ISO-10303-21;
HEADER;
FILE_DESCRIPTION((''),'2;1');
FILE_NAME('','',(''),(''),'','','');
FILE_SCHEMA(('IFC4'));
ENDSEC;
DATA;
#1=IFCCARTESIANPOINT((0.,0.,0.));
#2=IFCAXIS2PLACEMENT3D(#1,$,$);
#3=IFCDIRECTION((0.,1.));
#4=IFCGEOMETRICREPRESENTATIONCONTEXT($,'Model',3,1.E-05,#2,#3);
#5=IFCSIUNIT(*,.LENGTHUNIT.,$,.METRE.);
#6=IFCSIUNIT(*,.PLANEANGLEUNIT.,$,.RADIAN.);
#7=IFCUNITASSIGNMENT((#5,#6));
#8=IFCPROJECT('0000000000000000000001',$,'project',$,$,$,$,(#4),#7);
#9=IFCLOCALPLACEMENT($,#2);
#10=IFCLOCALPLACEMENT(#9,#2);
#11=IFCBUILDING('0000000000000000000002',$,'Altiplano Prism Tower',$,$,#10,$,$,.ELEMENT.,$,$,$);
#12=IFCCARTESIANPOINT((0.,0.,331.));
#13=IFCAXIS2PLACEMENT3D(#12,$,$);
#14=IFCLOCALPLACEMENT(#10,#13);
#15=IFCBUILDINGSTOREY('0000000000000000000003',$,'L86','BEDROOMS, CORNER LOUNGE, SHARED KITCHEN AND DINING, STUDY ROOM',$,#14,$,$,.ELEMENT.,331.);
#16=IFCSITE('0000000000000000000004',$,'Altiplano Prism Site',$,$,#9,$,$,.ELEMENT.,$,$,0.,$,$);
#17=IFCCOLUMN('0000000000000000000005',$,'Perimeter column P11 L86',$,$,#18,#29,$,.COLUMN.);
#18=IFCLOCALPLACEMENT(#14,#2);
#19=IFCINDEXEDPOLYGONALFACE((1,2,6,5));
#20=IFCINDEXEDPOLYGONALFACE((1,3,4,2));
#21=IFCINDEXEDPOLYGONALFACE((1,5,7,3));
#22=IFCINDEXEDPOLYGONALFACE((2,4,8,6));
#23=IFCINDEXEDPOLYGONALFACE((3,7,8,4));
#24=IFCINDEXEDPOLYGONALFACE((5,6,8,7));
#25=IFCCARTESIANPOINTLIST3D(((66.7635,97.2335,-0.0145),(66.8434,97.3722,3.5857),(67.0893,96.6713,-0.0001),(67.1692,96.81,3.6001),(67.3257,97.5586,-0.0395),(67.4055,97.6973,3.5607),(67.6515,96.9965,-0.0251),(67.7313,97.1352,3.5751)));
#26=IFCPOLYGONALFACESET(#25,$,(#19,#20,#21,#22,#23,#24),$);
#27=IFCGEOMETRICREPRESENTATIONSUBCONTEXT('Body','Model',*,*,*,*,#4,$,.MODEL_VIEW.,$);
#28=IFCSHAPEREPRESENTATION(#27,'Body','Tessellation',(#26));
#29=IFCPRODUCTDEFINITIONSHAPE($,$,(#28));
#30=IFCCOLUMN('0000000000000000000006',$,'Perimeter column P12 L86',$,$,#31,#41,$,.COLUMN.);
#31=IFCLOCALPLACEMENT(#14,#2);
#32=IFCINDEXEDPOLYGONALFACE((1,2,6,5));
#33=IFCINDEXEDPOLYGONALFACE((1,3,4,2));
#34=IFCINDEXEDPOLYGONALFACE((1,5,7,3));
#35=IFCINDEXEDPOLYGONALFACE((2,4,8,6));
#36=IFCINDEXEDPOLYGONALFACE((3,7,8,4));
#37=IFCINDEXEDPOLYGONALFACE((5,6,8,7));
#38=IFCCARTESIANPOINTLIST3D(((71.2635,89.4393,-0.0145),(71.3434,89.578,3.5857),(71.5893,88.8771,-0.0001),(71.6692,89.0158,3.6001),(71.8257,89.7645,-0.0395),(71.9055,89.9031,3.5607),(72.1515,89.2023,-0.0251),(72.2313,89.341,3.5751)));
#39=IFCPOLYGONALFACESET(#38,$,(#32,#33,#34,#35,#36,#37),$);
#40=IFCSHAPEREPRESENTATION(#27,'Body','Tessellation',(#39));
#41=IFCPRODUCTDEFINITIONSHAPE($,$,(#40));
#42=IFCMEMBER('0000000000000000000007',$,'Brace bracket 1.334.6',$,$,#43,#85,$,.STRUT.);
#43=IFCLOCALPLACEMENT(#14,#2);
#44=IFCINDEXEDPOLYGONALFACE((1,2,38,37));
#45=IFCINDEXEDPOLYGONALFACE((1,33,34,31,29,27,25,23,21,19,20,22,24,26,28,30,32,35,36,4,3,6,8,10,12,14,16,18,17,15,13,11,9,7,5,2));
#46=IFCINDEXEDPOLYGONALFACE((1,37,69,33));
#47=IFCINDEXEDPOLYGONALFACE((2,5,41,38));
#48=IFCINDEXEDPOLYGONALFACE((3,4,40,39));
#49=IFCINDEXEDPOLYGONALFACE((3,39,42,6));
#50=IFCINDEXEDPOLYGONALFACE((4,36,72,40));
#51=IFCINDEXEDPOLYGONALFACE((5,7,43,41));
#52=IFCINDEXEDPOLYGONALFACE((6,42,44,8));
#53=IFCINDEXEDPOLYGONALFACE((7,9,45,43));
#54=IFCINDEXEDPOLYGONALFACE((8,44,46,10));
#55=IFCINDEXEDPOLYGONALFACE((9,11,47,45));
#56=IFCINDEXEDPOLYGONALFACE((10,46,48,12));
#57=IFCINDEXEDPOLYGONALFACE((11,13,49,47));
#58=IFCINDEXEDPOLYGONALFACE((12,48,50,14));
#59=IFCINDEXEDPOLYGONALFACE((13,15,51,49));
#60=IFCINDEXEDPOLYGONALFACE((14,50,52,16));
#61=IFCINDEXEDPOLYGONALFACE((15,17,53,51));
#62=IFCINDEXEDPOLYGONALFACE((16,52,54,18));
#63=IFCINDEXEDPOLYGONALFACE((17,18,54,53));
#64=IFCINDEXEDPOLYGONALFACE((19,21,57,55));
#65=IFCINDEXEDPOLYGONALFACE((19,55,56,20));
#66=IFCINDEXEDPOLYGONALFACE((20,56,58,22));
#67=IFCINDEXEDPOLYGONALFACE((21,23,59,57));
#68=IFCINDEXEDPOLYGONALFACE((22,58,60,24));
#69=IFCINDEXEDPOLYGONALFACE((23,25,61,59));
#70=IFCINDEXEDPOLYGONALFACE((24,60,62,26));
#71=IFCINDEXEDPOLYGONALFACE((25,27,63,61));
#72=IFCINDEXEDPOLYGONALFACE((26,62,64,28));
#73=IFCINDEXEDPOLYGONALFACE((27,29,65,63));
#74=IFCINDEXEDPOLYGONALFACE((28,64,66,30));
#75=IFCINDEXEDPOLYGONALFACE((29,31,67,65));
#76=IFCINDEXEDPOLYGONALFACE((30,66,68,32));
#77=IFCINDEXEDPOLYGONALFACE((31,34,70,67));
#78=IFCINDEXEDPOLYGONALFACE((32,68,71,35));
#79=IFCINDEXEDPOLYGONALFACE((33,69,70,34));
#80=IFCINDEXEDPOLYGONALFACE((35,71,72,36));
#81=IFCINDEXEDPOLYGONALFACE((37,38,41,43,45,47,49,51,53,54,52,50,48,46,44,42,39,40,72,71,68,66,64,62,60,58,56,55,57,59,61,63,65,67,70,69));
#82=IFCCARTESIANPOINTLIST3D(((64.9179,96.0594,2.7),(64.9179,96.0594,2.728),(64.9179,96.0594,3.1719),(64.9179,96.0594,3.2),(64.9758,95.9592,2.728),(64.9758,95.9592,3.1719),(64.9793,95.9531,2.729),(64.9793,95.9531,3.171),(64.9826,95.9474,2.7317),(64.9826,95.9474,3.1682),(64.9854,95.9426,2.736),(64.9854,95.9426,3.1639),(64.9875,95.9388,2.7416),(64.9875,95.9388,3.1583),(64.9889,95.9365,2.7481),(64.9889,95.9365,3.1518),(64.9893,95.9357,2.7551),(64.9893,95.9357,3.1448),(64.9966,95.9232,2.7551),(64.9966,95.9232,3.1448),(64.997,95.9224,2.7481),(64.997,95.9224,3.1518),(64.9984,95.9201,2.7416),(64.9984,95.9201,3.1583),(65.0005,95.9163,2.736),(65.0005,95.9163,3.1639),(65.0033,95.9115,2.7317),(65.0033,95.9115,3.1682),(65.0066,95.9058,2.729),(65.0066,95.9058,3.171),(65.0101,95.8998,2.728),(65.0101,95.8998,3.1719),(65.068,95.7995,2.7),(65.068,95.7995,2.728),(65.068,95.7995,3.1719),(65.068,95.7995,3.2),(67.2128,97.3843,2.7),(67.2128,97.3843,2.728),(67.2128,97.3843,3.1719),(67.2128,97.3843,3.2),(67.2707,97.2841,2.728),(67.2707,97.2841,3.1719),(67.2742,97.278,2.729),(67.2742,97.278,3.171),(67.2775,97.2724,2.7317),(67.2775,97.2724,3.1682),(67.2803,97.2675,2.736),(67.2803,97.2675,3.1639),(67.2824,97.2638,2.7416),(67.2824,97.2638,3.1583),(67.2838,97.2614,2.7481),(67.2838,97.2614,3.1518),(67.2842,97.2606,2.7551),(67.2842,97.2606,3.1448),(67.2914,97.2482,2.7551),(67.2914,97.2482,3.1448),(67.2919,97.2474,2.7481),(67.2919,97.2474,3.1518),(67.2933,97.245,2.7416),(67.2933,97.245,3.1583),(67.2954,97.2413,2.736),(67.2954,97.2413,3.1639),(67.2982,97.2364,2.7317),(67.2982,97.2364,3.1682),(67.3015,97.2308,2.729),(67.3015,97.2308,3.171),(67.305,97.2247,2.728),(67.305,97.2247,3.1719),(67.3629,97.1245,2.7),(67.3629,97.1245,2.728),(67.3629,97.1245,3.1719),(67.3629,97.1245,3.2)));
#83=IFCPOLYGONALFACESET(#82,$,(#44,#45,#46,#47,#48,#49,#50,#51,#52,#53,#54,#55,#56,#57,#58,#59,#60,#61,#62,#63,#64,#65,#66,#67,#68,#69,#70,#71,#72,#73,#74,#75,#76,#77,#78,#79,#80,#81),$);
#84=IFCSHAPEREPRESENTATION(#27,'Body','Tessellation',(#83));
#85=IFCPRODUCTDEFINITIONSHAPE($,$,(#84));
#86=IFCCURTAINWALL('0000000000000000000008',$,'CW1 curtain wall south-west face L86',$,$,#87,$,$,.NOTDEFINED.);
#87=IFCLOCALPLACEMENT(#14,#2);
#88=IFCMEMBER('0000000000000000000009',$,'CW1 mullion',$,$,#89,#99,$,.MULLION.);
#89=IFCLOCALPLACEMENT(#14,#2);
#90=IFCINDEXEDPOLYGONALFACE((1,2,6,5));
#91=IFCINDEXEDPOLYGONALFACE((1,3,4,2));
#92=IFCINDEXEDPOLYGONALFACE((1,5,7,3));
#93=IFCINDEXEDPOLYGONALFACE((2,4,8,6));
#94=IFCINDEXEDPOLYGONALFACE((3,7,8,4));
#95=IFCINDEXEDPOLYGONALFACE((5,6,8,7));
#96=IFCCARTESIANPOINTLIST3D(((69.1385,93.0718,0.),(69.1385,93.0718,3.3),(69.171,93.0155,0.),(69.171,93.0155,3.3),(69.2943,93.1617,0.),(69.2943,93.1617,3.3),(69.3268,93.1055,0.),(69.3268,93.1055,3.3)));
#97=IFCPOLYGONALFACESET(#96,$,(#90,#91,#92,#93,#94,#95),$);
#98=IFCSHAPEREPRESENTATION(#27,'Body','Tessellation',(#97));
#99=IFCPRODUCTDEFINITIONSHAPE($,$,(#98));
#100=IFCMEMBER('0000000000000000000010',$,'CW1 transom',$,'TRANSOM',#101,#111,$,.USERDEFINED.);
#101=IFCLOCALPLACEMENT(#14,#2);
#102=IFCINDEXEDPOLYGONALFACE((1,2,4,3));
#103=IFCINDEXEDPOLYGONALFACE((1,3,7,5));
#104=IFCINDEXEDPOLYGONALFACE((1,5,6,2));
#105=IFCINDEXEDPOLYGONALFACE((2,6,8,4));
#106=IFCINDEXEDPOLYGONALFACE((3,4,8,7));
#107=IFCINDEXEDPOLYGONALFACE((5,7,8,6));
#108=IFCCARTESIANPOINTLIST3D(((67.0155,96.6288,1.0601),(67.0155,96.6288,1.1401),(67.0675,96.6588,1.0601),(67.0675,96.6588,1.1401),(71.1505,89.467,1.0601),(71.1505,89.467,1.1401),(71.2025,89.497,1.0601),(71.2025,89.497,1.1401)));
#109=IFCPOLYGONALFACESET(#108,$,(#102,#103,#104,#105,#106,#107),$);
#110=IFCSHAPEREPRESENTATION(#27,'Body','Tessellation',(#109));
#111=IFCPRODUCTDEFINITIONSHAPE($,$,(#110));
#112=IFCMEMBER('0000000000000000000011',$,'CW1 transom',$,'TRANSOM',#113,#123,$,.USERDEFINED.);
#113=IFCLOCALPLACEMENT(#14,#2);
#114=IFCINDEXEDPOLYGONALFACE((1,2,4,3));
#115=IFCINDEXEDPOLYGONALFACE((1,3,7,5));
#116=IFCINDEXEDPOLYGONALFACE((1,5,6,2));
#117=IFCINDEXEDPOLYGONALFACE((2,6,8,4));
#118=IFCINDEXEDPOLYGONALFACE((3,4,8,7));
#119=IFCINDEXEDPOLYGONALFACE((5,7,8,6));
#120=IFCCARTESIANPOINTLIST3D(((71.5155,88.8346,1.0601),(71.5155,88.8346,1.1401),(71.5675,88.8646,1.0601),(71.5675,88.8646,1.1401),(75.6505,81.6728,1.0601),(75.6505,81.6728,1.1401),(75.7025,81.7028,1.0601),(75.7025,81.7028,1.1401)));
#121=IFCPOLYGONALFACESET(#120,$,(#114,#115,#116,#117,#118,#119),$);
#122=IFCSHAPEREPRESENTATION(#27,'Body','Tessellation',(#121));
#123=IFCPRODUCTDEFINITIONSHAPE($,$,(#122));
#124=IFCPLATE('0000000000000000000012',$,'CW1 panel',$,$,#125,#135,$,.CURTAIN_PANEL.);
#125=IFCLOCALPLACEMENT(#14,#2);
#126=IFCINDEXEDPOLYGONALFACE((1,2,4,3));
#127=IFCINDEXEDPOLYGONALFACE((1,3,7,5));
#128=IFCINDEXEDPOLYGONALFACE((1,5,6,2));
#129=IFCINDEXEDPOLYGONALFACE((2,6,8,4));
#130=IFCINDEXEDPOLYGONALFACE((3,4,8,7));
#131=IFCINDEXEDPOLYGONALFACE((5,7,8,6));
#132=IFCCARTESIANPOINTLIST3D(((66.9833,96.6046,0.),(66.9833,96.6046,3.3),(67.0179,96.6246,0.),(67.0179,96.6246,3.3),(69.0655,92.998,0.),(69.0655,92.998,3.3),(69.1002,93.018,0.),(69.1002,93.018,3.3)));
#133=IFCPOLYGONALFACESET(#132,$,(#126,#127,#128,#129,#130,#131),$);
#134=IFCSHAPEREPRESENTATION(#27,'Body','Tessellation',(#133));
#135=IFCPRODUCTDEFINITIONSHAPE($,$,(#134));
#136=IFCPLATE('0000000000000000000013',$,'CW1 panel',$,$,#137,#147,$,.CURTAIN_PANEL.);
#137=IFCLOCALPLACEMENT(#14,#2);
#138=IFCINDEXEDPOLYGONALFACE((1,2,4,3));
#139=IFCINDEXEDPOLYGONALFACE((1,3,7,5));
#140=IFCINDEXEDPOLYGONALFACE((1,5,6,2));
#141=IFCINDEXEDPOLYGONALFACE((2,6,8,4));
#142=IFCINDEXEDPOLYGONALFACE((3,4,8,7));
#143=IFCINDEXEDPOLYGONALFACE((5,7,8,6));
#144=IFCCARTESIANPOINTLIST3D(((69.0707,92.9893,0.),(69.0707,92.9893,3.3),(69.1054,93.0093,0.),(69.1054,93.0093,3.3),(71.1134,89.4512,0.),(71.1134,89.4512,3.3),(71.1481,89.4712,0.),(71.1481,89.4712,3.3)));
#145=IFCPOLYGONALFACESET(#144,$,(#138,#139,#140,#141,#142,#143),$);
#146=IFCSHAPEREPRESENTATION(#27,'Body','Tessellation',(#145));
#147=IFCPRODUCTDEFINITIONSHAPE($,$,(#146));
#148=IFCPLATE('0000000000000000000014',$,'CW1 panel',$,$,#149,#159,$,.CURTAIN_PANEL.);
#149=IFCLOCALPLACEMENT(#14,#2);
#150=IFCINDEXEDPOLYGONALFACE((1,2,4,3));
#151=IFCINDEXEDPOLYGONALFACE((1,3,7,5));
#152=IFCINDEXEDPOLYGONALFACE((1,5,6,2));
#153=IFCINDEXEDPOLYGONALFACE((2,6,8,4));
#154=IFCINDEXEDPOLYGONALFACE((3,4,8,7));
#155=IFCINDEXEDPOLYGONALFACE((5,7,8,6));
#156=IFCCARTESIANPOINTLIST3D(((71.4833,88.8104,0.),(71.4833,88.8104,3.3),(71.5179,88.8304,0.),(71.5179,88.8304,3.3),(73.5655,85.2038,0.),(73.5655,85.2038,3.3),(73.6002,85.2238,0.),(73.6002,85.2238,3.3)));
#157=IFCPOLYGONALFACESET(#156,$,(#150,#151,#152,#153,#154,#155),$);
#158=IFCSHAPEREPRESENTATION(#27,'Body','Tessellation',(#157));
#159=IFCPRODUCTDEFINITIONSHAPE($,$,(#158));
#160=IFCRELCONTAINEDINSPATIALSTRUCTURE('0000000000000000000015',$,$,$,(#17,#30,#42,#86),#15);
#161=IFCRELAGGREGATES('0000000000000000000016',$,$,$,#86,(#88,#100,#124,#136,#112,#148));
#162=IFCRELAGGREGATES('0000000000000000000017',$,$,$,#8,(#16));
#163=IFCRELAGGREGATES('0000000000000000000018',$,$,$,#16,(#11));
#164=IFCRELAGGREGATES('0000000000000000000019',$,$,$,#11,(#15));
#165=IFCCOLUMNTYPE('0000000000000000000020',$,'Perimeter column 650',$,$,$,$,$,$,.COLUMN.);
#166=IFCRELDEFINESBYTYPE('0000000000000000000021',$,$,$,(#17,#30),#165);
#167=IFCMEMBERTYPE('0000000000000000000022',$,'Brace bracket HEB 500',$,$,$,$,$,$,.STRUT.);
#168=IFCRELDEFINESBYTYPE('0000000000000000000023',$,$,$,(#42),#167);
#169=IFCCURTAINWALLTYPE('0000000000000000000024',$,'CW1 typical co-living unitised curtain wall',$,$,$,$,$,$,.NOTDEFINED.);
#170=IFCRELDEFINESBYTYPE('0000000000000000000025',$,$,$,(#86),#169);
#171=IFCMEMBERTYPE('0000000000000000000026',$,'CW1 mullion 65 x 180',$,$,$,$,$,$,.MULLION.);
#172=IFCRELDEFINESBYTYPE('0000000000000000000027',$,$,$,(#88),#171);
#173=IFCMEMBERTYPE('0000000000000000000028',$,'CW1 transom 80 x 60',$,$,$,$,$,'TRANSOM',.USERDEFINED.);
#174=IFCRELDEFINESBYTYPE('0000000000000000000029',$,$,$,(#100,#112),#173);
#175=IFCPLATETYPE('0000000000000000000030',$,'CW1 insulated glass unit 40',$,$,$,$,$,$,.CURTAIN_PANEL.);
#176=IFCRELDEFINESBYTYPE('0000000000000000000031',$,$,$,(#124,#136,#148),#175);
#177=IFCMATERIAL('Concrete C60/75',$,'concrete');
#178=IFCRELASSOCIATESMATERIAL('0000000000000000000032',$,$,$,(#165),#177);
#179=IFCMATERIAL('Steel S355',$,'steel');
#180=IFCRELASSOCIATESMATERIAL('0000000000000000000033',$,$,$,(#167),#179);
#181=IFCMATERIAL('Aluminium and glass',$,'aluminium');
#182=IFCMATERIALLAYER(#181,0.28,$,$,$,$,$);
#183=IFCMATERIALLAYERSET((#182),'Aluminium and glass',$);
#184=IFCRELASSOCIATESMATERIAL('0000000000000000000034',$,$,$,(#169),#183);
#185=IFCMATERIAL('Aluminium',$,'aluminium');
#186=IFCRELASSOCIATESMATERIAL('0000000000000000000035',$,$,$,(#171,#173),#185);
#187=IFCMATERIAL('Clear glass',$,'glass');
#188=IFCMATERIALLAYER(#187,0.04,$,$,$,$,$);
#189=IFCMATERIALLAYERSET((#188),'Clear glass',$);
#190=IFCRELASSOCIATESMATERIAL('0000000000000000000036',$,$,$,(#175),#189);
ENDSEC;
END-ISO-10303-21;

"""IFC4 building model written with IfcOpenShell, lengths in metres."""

from ifc_helpers import new_model, si_unit, direction, frame, origin, origin_2d, place, context, subcontext, project, spatial, rectangle, i_section, extrude, material, layer, layer_set, material_profile, profile_set, type_object, element, aggregate, save


model = new_model("IFC4")

# Units and contexts
model_context = context("Model", 3, precision=1e-05, world=origin(), true_north=direction((0.0, 1.0)))
body_context = subcontext(model_context, "Body", "Model", "MODEL_VIEW")
ifc_project = project(units=[si_unit("LENGTHUNIT", "METRE"), si_unit("PLANEANGLEUNIT", "RADIAN")], contexts=[model_context])

# Site, building, storey
site_placement = place(None, origin())
site = spatial("IfcSite", under=ifc_project, at=site_placement, Name="Altiplano Prism Site", CompositionType="ELEMENT", RefElevation=0.0)
building_placement = place(site_placement, origin())
building = spatial("IfcBuilding", under=site, at=building_placement, Name="Altiplano Prism Tower", CompositionType="ELEMENT")
storey_placement = place(building_placement, frame((0.0, 0.0, 331.0)))
storey = spatial("IfcBuildingStorey", under=building, at=storey_placement, Name="L86", Description="BEDROOMS, CORNER LOUNGE, SHARED KITCHEN AND DINING, STUDY ROOM", CompositionType="ELEMENT", Elevation=331.0)

# Columns
ifc_material_1 = material(Name="Concrete C60/75", Category="concrete")
ifc_material_profile_1 = material_profile(ifc_material_1, rectangle(XDim=0.6499, YDim=0.6499, at=origin_2d()), Name="Perimeter column 650")
ifc_profile_set_1 = profile_set([ifc_material_profile_1], Name="Concrete C60/75")
column_type = type_object("IfcColumnType", Name="Perimeter column 650", PredefinedType="COLUMN", material=ifc_profile_set_1)
for number, where, z_axis, x_axis, name in (
    (1, (67.2075, 97.115, -0.0198), (0.022154, 0.038481, 0.999014), (-0.864984, -0.500324, 0.038453), "Perimeter column P11 L86"),
    (2, (71.7075, 89.3208, -0.0198), (0.022154, 0.038481, 0.999014), (-0.864984, -0.500324, 0.038453), "Perimeter column P12 L86"),
):
    element("IfcColumn", number, at=place(storey_placement, frame(where, z_axis=z_axis, x_axis=x_axis)), inside=storey, type_object=column_type, Name=name, PredefinedType="COLUMN", context=body_context, shape_type="SweptSolid", body=[
        extrude(rectangle(XDim=0.6499, YDim=0.6499, at=origin_2d()), origin(), (0.0, 0.0, 1.0), 3.6038),
    ])

# Member
ifc_material_2 = material(Name="Steel S355", Category="steel")
ifc_material_profile_2 = material_profile(ifc_material_2, i_section(OverallWidth=0.3, OverallDepth=0.5, WebThickness=0.0144, FlangeThickness=0.0281, FilletRadius=0.0271, at=origin_2d()), Name="Brace bracket HEB 500")
ifc_profile_set_2 = profile_set([ifc_material_profile_2], Name="Steel S355")
member_type_1 = type_object("IfcMemberType", Name="Brace bracket HEB 500", PredefinedType="STRUT", material=ifc_profile_set_2)
member_1_placement = place(storey_placement, frame((67.2878, 97.2544, 2.95), z_axis=(-0.866029, -0.499994, 0.0), x_axis=(0.499994, -0.866029, 0.0)))
element("IfcMember", 3, at=member_1_placement, inside=storey, type_object=member_type_1, Name="Brace bracket 1.334.6", PredefinedType="STRUT", context=body_context, shape_type="SweptSolid", body=[
    extrude(i_section(OverallWidth=0.3, OverallDepth=0.5, WebThickness=0.0144, FlangeThickness=0.0281, FilletRadius=0.0271, at=origin_2d()), origin(), (0.0, 0.0, 1.0), 2.6499),
])

# Curtain wall, members, plates
ifc_material_3 = material(Name="Aluminium and glass", Category="aluminium")
ifc_layer_1 = layer(ifc_material_3, 0.28)
ifc_layer_set_1 = layer_set([ifc_layer_1], Name="Aluminium and glass")
curtain_wall_type = type_object("IfcCurtainWallType", Name="CW1 typical co-living unitised curtain wall", PredefinedType="NOTDEFINED", material=ifc_layer_set_1)
curtain_wall_placement = place(storey_placement, origin())
curtain_wall = element("IfcCurtainWall", 4, at=curtain_wall_placement, inside=storey, type_object=curtain_wall_type, Name="CW1 curtain wall south-west face L86", PredefinedType="NOTDEFINED")
ifc_material_4 = material(Name="Aluminium", Category="aluminium")
ifc_material_profile_3 = material_profile(ifc_material_4, rectangle(XDim=0.1799, YDim=0.0649, at=origin_2d()), Name="CW1 mullion 65 x 180")
ifc_profile_set_3 = profile_set([ifc_material_profile_3], Name="Aluminium")
member_type_2 = type_object("IfcMemberType", Name="CW1 mullion 65 x 180", PredefinedType="MULLION", material=ifc_profile_set_3)
member_2_placement = place(storey_placement, frame((69.2327, 93.0886, 0.0), z_axis=(0.0, 0.0, 1.0), x_axis=(0.866025, 0.5, 0.0)))
member_2 = element("IfcMember", 5, at=member_2_placement, type_object=member_type_2, Name="CW1 mullion", PredefinedType="MULLION", context=body_context, shape_type="SweptSolid", body=[
    extrude(rectangle(XDim=0.1799, YDim=0.0649, at=origin_2d()), origin(), (0.0, 0.0, 1.0), 3.3),
])
ifc_material_profile_4 = material_profile(ifc_material_4, rectangle(XDim=0.0601, YDim=0.0801, at=origin_2d()), Name="CW1 transom 80 x 60")
ifc_profile_set_4 = profile_set([ifc_material_profile_4], Name="Aluminium")
member_type_3 = type_object("IfcMemberType", Name="CW1 transom 80 x 60", ElementType="TRANSOM", PredefinedType="USERDEFINED", material=ifc_profile_set_4)
member_3_placement = place(storey_placement, frame((67.0415, 96.6438, 1.1001), z_axis=(0.50001, -0.86602, 0.0), x_axis=(0.86602, 0.50001, 0.0)))
member_3 = element("IfcMember", 6, at=member_3_placement, type_object=member_type_3, Name="CW1 transom", ObjectType="TRANSOM", PredefinedType="USERDEFINED", context=body_context, shape_type="SweptSolid", body=[
    extrude(rectangle(XDim=0.0601, YDim=0.0801, at=origin_2d()), origin(), (0.0, 0.0, 1.0), 8.2698),
])
member_4_placement = place(storey_placement, frame((71.5415, 88.8496, 1.1001), z_axis=(0.50001, -0.86602, 0.0), x_axis=(0.86602, 0.50001, 0.0)))
member_4 = element("IfcMember", 7, at=member_4_placement, type_object=member_type_3, Name="CW1 transom", ObjectType="TRANSOM", PredefinedType="USERDEFINED", context=body_context, shape_type="SweptSolid", body=[
    extrude(rectangle(XDim=0.0601, YDim=0.0801, at=origin_2d()), origin(), (0.0, 0.0, 1.0), 8.2698),
])
ifc_material_5 = material(Name="Clear glass", Category="glass")
ifc_layer_2 = layer(ifc_material_5, 0.04)
ifc_layer_set_2 = layer_set([ifc_layer_2], Name="Clear glass")
plate_type = type_object("IfcPlateType", Name="CW1 insulated glass unit 40", PredefinedType="CURTAIN_PANEL", material=ifc_layer_set_2)
plate_1_placement = place(storey_placement, frame((68.0417, 94.8113, 0.0), z_axis=(0.0, 0.0, 1.0), x_axis=(0.5, -0.866025, 0.0)))
plate_1 = element("IfcPlate", 8, at=plate_1_placement, type_object=plate_type, Name="CW1 panel", PredefinedType="CURTAIN_PANEL", context=body_context, shape_type="SweptSolid", body=[
    extrude(rectangle(XDim=4.1646, YDim=0.04, at=origin_2d()), origin(), (0.0, 0.0, 1.0), 3.3),
])
plate_2_placement = place(storey_placement, frame((70.1094, 91.2302, 0.0), z_axis=(0.0, 0.0, 1.0), x_axis=(0.5, -0.866025, 0.0)))
plate_2 = element("IfcPlate", 9, at=plate_2_placement, type_object=plate_type, Name="CW1 panel", PredefinedType="CURTAIN_PANEL", context=body_context, shape_type="SweptSolid", body=[
    extrude(rectangle(XDim=4.0854, YDim=0.04, at=origin_2d()), origin(), (0.0, 0.0, 1.0), 3.3),
])
plate_3_placement = place(storey_placement, frame((72.5417, 87.0171, 0.0), z_axis=(0.0, 0.0, 1.0), x_axis=(0.5, -0.866025, 0.0)))
plate_3 = element("IfcPlate", 10, at=plate_3_placement, type_object=plate_type, Name="CW1 panel", PredefinedType="CURTAIN_PANEL", context=body_context, shape_type="SweptSolid", body=[
    extrude(rectangle(XDim=4.1646, YDim=0.04, at=origin_2d()), origin(), (0.0, 0.0, 1.0), 3.3),
])
aggregate(curtain_wall, [member_2, member_3, plate_1, plate_2, member_4, plate_3])

save(model, "model.ifc")
